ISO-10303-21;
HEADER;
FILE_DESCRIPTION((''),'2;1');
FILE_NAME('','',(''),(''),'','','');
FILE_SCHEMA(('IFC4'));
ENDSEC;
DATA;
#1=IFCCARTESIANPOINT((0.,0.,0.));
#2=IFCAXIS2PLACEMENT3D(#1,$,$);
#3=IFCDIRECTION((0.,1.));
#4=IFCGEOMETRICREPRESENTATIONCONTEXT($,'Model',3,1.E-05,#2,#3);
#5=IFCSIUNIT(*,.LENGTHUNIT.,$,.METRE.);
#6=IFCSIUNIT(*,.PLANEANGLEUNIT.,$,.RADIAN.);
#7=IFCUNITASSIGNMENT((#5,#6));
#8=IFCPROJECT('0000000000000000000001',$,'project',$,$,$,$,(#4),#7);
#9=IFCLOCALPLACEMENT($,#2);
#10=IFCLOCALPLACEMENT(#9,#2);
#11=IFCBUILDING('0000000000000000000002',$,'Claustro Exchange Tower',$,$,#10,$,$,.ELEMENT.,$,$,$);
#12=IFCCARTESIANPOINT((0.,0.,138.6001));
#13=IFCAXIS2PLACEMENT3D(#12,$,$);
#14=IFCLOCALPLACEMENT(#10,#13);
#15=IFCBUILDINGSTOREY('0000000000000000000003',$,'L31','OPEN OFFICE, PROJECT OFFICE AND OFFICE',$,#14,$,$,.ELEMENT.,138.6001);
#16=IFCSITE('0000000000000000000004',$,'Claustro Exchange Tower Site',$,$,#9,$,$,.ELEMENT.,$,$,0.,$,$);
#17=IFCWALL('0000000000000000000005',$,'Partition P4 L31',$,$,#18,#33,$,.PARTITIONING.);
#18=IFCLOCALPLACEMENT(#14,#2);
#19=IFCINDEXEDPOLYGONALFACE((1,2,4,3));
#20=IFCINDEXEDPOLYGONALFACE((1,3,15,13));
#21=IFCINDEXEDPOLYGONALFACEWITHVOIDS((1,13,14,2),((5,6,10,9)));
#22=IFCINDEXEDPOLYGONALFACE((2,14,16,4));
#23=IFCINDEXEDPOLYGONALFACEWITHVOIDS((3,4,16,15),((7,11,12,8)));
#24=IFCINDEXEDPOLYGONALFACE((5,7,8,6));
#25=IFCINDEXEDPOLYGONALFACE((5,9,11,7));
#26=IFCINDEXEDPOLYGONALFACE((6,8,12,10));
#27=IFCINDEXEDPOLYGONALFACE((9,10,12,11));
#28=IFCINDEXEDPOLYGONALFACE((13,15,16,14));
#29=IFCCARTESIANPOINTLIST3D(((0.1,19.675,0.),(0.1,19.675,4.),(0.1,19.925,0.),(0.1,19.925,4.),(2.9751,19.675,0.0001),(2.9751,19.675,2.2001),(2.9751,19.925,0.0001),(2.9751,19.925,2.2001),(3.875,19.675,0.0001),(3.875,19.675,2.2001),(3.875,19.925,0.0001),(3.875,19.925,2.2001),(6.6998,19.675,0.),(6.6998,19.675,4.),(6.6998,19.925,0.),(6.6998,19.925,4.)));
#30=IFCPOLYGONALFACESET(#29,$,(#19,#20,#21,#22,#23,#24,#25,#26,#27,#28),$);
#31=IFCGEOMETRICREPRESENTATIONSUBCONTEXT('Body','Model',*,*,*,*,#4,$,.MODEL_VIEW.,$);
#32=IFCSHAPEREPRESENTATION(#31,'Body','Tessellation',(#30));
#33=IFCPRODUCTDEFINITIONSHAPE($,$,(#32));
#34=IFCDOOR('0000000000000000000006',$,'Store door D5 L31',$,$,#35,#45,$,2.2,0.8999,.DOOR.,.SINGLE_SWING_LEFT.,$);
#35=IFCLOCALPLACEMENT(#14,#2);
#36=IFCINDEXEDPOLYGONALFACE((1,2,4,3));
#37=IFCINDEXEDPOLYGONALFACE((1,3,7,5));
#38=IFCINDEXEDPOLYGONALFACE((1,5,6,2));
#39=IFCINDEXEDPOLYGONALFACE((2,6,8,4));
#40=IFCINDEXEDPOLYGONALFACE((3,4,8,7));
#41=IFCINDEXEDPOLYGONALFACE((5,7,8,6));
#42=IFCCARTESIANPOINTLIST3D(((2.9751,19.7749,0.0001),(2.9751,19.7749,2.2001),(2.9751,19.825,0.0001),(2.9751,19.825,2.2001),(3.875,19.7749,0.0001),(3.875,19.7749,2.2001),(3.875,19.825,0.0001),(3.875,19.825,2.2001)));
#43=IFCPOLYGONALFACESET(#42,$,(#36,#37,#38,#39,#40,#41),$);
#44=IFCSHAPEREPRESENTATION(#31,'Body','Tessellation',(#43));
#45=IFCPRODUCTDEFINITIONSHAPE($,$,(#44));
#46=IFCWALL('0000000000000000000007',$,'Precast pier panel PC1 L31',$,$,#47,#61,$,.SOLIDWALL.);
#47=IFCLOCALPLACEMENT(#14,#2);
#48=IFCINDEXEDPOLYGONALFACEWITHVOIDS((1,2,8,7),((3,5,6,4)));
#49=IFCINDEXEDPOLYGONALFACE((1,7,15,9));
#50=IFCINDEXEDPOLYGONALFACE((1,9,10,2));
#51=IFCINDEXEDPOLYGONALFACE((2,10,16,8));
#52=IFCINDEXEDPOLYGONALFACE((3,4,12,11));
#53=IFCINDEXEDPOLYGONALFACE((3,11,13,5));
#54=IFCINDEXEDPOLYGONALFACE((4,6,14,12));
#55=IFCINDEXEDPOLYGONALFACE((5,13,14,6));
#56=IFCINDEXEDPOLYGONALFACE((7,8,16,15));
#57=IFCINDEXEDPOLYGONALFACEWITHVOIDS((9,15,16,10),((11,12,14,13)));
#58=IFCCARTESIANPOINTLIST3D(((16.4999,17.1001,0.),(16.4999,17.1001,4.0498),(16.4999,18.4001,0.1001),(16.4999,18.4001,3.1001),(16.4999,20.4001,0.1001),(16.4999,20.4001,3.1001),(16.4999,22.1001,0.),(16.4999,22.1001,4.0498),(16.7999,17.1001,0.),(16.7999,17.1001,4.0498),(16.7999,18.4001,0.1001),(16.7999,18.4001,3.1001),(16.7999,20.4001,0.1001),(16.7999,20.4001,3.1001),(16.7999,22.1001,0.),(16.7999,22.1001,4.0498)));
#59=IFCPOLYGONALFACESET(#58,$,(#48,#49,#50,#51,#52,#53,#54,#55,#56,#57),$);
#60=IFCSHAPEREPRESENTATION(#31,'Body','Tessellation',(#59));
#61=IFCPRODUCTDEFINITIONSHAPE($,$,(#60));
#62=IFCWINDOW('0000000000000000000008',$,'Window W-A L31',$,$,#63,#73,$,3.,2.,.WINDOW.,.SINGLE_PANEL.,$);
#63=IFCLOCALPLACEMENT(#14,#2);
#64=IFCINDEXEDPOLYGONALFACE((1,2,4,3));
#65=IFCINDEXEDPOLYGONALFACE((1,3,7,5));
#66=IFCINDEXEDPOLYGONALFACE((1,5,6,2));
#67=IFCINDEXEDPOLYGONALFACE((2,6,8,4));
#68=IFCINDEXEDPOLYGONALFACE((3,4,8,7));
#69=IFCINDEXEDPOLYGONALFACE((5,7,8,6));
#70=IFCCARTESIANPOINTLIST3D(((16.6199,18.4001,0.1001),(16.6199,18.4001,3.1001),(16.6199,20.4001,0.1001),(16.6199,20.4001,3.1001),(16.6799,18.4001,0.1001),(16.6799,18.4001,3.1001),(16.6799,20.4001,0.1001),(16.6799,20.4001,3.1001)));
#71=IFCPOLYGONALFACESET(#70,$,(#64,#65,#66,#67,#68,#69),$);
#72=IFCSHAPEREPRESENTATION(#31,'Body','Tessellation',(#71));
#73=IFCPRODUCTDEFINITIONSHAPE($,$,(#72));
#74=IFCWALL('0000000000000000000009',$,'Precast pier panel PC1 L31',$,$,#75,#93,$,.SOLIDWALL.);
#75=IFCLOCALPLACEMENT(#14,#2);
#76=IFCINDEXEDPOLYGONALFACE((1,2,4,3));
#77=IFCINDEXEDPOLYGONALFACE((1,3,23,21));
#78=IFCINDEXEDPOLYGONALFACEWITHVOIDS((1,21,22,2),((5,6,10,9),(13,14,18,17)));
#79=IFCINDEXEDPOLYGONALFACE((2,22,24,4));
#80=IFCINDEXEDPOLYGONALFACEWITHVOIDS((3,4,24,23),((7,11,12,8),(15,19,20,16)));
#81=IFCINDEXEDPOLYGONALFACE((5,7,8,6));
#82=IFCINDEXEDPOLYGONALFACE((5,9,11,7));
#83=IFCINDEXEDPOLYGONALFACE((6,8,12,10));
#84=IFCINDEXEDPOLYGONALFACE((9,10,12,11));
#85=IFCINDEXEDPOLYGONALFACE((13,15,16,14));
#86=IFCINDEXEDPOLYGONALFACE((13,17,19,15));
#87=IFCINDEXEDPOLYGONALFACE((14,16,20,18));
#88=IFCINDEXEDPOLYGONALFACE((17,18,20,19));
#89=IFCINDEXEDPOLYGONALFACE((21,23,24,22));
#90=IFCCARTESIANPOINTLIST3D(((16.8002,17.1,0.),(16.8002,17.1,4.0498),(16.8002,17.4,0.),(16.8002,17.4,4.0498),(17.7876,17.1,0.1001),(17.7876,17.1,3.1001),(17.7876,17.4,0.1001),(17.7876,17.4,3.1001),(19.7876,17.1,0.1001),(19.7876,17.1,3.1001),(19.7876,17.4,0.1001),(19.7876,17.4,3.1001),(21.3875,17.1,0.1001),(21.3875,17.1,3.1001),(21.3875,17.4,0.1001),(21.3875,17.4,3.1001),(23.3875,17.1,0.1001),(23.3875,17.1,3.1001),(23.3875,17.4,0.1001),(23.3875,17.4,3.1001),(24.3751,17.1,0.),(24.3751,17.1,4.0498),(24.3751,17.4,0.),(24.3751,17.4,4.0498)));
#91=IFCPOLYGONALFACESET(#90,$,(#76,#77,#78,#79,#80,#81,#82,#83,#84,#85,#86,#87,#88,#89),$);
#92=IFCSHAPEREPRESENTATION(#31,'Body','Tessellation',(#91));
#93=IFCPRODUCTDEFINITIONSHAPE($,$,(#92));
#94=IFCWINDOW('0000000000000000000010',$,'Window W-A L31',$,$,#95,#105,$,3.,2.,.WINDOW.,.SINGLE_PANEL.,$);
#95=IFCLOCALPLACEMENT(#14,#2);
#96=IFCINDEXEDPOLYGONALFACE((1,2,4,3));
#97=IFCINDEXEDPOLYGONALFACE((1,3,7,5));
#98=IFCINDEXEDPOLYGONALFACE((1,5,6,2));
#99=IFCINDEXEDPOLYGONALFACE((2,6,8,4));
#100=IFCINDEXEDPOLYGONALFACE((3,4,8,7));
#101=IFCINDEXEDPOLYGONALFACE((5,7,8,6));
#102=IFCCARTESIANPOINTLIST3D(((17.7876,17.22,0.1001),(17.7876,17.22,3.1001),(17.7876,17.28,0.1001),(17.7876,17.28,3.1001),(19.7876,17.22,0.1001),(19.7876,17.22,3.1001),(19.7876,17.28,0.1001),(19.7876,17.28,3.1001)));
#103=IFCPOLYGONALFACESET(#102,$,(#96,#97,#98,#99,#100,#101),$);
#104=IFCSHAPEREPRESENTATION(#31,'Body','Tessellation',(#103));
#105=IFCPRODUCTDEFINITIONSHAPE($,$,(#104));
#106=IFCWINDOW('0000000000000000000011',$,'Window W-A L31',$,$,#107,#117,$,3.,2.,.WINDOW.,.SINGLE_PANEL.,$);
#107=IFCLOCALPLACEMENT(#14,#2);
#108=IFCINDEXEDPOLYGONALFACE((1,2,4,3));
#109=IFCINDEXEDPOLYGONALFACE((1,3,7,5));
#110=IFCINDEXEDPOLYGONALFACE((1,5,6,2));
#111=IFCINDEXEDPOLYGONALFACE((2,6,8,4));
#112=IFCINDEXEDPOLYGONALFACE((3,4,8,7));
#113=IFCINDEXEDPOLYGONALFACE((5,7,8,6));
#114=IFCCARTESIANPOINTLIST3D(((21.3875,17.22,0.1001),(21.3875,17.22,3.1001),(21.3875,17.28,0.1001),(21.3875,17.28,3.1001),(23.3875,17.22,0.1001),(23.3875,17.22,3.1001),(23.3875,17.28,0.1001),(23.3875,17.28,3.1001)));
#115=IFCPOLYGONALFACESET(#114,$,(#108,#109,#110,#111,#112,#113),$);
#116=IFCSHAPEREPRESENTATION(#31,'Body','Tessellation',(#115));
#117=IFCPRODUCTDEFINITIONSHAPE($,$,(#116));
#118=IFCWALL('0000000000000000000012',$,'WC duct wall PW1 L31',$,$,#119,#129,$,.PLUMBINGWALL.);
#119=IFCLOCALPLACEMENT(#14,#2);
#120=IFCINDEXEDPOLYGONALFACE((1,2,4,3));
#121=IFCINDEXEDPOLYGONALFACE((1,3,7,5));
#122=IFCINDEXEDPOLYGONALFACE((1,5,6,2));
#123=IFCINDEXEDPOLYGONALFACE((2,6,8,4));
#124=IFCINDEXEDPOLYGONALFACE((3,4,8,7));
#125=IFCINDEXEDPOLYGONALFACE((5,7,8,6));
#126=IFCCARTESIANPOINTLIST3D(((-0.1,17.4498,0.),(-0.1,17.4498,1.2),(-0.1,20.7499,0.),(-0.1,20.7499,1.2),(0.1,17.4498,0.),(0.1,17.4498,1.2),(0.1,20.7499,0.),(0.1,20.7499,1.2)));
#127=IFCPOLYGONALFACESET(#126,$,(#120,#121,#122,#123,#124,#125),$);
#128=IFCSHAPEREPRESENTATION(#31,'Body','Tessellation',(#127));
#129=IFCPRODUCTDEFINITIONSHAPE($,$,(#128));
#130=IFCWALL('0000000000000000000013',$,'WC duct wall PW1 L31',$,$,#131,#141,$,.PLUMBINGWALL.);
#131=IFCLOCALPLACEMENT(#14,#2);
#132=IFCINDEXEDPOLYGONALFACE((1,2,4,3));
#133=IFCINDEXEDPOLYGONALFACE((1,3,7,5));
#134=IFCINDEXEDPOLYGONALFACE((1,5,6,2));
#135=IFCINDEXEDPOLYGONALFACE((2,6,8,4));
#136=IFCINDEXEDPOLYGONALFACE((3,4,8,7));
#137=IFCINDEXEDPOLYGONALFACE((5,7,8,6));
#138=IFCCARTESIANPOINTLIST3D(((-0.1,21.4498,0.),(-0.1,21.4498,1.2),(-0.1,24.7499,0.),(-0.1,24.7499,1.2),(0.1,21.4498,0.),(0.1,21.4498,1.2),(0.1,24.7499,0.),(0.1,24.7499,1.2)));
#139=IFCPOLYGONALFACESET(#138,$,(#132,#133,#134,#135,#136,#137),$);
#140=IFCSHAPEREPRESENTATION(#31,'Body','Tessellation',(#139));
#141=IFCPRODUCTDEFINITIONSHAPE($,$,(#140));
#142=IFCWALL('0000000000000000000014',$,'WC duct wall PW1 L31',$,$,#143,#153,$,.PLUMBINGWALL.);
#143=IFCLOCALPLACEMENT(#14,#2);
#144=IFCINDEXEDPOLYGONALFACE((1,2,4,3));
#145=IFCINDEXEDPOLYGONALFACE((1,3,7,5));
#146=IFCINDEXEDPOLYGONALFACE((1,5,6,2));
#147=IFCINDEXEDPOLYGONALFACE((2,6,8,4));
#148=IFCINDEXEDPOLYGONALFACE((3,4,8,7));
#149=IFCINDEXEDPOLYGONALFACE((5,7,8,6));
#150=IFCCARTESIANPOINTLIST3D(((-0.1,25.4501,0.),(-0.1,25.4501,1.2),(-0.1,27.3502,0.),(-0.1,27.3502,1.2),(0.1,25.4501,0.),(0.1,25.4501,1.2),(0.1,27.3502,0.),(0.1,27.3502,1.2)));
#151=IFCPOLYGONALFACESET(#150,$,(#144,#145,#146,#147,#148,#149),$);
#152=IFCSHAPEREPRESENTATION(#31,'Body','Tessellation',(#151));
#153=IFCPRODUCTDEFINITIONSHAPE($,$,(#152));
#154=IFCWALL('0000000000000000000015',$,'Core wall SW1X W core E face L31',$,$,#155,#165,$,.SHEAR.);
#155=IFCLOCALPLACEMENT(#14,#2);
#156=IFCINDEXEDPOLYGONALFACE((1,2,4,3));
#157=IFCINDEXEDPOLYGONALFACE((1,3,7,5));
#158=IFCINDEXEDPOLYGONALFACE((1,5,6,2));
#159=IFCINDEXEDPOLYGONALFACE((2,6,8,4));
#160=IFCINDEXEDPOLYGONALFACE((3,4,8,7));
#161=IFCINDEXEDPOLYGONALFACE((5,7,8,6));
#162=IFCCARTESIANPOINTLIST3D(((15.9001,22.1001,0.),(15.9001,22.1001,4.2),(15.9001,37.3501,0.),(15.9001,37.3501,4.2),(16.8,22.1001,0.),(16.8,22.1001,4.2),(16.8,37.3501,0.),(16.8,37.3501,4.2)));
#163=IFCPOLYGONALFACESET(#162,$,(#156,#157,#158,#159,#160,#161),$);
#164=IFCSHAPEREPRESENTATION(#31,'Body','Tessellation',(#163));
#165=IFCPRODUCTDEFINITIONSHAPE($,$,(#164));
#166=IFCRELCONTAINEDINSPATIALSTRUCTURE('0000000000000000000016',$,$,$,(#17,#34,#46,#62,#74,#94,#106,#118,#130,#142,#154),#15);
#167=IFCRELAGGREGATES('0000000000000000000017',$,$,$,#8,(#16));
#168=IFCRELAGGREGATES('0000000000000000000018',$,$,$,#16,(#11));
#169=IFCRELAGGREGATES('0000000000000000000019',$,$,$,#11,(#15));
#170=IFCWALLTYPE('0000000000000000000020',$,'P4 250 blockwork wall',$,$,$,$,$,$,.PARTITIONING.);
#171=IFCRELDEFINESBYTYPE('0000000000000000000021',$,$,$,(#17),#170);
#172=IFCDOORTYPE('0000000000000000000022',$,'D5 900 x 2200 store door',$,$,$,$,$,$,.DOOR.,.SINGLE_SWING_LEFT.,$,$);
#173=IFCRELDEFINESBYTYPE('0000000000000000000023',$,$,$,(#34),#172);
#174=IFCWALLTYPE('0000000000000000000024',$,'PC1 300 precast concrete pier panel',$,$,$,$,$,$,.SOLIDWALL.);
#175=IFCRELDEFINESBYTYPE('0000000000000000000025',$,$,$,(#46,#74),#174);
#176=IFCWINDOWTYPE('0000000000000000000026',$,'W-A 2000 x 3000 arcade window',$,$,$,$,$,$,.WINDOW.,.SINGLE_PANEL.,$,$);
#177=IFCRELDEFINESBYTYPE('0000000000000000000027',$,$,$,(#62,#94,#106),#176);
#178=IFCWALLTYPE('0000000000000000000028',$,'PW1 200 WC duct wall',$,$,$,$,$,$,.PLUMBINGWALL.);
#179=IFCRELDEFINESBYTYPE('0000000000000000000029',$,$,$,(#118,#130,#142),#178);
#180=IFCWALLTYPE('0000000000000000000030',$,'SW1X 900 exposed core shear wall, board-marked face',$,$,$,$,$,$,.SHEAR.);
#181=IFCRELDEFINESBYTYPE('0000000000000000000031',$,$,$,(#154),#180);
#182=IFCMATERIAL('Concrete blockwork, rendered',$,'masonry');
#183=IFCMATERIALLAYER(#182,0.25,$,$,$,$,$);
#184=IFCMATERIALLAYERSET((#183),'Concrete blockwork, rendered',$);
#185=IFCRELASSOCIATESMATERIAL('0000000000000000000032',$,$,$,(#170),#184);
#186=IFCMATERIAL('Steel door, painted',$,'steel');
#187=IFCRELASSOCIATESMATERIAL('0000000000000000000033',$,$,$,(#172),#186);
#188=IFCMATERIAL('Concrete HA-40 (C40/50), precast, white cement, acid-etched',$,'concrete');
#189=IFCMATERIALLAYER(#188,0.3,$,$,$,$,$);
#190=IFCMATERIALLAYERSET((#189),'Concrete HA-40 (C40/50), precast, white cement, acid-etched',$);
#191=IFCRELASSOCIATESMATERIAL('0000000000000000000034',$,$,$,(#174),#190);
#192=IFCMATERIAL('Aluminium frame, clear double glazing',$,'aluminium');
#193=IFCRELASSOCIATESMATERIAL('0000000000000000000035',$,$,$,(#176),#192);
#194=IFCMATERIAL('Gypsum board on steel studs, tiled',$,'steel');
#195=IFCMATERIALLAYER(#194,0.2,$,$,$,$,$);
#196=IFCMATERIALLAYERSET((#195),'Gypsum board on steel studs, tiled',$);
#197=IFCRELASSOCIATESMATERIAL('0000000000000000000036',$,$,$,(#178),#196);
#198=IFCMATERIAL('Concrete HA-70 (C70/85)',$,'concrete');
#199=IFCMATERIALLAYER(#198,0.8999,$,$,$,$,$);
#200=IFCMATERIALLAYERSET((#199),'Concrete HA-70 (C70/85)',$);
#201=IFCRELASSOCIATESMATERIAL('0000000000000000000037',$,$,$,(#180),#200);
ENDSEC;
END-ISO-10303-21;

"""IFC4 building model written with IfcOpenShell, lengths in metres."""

from ifc_helpers import new_model, si_unit, direction, frame, frame_2d, origin, place, context, subcontext, project, spatial, rectangle, extrude, material, layer, layer_set, type_object, element, fill, save


model = new_model("IFC4")

# Units and contexts
model_context = context("Model", 3, precision=1e-05, world=origin(), true_north=direction((0.0, 1.0)))
body_context = subcontext(model_context, "Body", "Model", "MODEL_VIEW")
ifc_project = project(units=[si_unit("LENGTHUNIT", "METRE"), si_unit("PLANEANGLEUNIT", "RADIAN")], contexts=[model_context])

# Site, building, storey
site_placement = place(None, origin())
site = spatial("IfcSite", under=ifc_project, at=site_placement, Name="Claustro Exchange Tower Site", CompositionType="ELEMENT", RefElevation=0.0)
building_placement = place(site_placement, origin())
building = spatial("IfcBuilding", under=site, at=building_placement, Name="Claustro Exchange Tower", CompositionType="ELEMENT")
storey_placement = place(building_placement, frame((0.0, 0.0, 138.6001)))
storey = spatial("IfcBuildingStorey", under=building, at=storey_placement, Name="L31", Description="OPEN OFFICE, PROJECT OFFICE AND OFFICE", CompositionType="ELEMENT", Elevation=138.6001)

# Wall, opening, door
ifc_material_1 = material(Name="Concrete blockwork, rendered", Category="masonry")
ifc_layer_1 = layer(ifc_material_1, 0.25)
ifc_layer_set_1 = layer_set([ifc_layer_1], Name="Concrete blockwork, rendered")
wall_type_1 = type_object("IfcWallType", Name="P4 250 blockwork wall", PredefinedType="PARTITIONING", material=ifc_layer_set_1)
ifc_material_2 = material(Name="Steel door, painted", Category="steel")
door_type = type_object("IfcDoorType", Name="D5 900 x 2200 store door", OperationType="SINGLE_SWING_LEFT", PredefinedType="DOOR", material=ifc_material_2)
wall_1_placement = place(storey_placement, frame((0.1001, 19.8, 0.0), z_axis=(0.0, 0.0, 1.0), x_axis=(1.0, 0.0, 0.0)))
wall_1 = element("IfcWall", 1, at=wall_1_placement, inside=storey, type_object=wall_type_1, Name="Partition P4 L31", PredefinedType="PARTITIONING", context=body_context, shape_type="SweptSolid", body=[
    extrude(rectangle(XDim=6.5999, YDim=0.25, at=frame_2d((3.2998, 0.0))), origin(), (0.0, 0.0, 1.0), 4.0),
])
opening_1_placement = place(wall_1_placement, frame((2.875, 0.0, 0.0)))
opening_1 = element("IfcOpeningElement", 2, at=opening_1_placement, cuts=wall_1, PredefinedType="OPENING", context=body_context, shape_type="SweptSolid", body=[
    extrude(rectangle(XDim=0.8999, YDim=2.2, at=frame_2d((0.45, 1.1001))), frame((0.0, 0.135, 0.0), z_axis=(0.0, -1.0, 0.0), x_axis=(1.0, 0.0, 0.0)), (0.0, 0.0, 1.0), 0.27),
])
door_1_placement = place(opening_1_placement, origin())
door_1 = element("IfcDoor", 3, at=door_1_placement, inside=storey, type_object=door_type, Name="Store door D5 L31", OperationType="SINGLE_SWING_LEFT", OverallHeight=2.2, OverallWidth=0.8999, PredefinedType="DOOR", context=body_context, shape_type="SweptSolid", body=[
    extrude(rectangle(XDim=0.8999, YDim=2.2, at=frame_2d((0.45, 1.1001))), frame((0.0, 0.0249, 0.0), z_axis=(0.0, -1.0, 0.0), x_axis=(1.0, 0.0, 0.0)), (0.0, 0.0, 1.0), 0.05),
])
fill(opening_1, door_1)

# Wall, opening, window
ifc_material_3 = material(Name="Concrete HA-40 (C40/50), precast, white cement, acid-etched", Category="concrete")
ifc_layer_2 = layer(ifc_material_3, 0.3)
ifc_layer_set_2 = layer_set([ifc_layer_2], Name="Concrete HA-40 (C40/50), precast, white cement, acid-etched")
wall_type_2 = type_object("IfcWallType", Name="PC1 300 precast concrete pier panel", PredefinedType="SOLIDWALL", material=ifc_layer_set_2)
wall_2_placement = place(storey_placement, frame((16.6499, 17.1001, 0.0), z_axis=(0.0, 0.0, 1.0), x_axis=(0.0, 1.0, 0.0)))
wall_2 = element("IfcWall", 4, at=wall_2_placement, inside=storey, type_object=wall_type_2, Name="Precast pier panel PC1 L31", PredefinedType="SOLIDWALL", context=body_context, shape_type="SweptSolid", body=[
    extrude(rectangle(XDim=5.0, YDim=0.3, at=frame_2d((2.5, 0.0))), origin(), (0.0, 0.0, 1.0), 4.0498),
])
opening_2_placement = place(wall_2_placement, frame((1.3, 0.0, 0.1001)))
opening_2 = element("IfcOpeningElement", 5, at=opening_2_placement, cuts=wall_2, PredefinedType="OPENING", context=body_context, shape_type="SweptSolid", body=[
    extrude(rectangle(XDim=2.0, YDim=3.0, at=frame_2d((1.0, 1.5))), frame((0.0, 0.1599, 0.0), z_axis=(0.0, -1.0, 0.0), x_axis=(1.0, 0.0, 0.0)), (0.0, 0.0, 1.0), 0.3201),
])
ifc_material_4 = material(Name="Aluminium frame, clear double glazing", Category="aluminium")
window_type = type_object("IfcWindowType", Name="W-A 2000 x 3000 arcade window", PartitioningType="SINGLE_PANEL", PredefinedType="WINDOW", material=ifc_material_4)
window_1_placement = place(opening_2_placement, origin())
window_1 = element("IfcWindow", 6, at=window_1_placement, inside=storey, type_object=window_type, Name="Window W-A L31", OverallHeight=3.0, OverallWidth=2.0, PartitioningType="SINGLE_PANEL", PredefinedType="WINDOW", context=body_context, shape_type="SweptSolid", body=[
    extrude(rectangle(XDim=2.0, YDim=3.0, at=frame_2d((1.0, 1.5))), frame((0.0, 0.03, 0.0), z_axis=(0.0, -1.0, 0.0), x_axis=(1.0, 0.0, 0.0)), (0.0, 0.0, 1.0), 0.0601),
])
fill(opening_2, window_1)

# Wall, openings, windows
wall_3_placement = place(storey_placement, frame((16.8, 17.25, 0.0), z_axis=(0.0, 0.0, 1.0), x_axis=(1.0, 0.0, 0.0)))
wall_3 = element("IfcWall", 7, at=wall_3_placement, inside=storey, type_object=wall_type_2, Name="Precast pier panel PC1 L31", PredefinedType="SOLIDWALL", context=body_context, shape_type="SweptSolid", body=[
    extrude(rectangle(XDim=7.575, YDim=0.3, at=frame_2d((3.7876, 0.0))), origin(), (0.0, 0.0, 1.0), 4.0498),
])
opening_3_placement = place(wall_3_placement, frame((0.9875, 0.0, 0.1001)))
opening_3 = element("IfcOpeningElement", 8, at=opening_3_placement, cuts=wall_3, PredefinedType="OPENING", context=body_context, shape_type="SweptSolid", body=[
    extrude(rectangle(XDim=2.0, YDim=3.0, at=frame_2d((1.0, 1.5))), frame((0.0, 0.1599, 0.0), z_axis=(0.0, -1.0, 0.0), x_axis=(1.0, 0.0, 0.0)), (0.0, 0.0, 1.0), 0.3201),
])
opening_4_placement = place(wall_3_placement, frame((4.5874, 0.0, 0.1001)))
opening_4 = element("IfcOpeningElement", 9, at=opening_4_placement, cuts=wall_3, PredefinedType="OPENING", context=body_context, shape_type="SweptSolid", body=[
    extrude(rectangle(XDim=2.0, YDim=3.0, at=frame_2d((1.0, 1.5))), frame((0.0, 0.1599, 0.0), z_axis=(0.0, -1.0, 0.0), x_axis=(1.0, 0.0, 0.0)), (0.0, 0.0, 1.0), 0.3201),
])
window_2_placement = place(opening_3_placement, origin())
window_2 = element("IfcWindow", 10, at=window_2_placement, inside=storey, type_object=window_type, Name="Window W-A L31", OverallHeight=3.0, OverallWidth=2.0, PartitioningType="SINGLE_PANEL", PredefinedType="WINDOW", context=body_context, shape_type="SweptSolid", body=[
    extrude(rectangle(XDim=2.0, YDim=3.0, at=frame_2d((1.0, 1.5))), frame((0.0, 0.03, 0.0), z_axis=(0.0, -1.0, 0.0), x_axis=(1.0, 0.0, 0.0)), (0.0, 0.0, 1.0), 0.0601),
])
fill(opening_3, window_2)
window_3_placement = place(opening_4_placement, origin())
window_3 = element("IfcWindow", 11, at=window_3_placement, inside=storey, type_object=window_type, Name="Window W-A L31", OverallHeight=3.0, OverallWidth=2.0, PartitioningType="SINGLE_PANEL", PredefinedType="WINDOW", context=body_context, shape_type="SweptSolid", body=[
    extrude(rectangle(XDim=2.0, YDim=3.0, at=frame_2d((1.0, 1.5))), frame((0.0, 0.03, 0.0), z_axis=(0.0, -1.0, 0.0), x_axis=(1.0, 0.0, 0.0)), (0.0, 0.0, 1.0), 0.0601),
])
fill(opening_4, window_3)

# Walls
ifc_material_5 = material(Name="Gypsum board on steel studs, tiled", Category="steel")
ifc_layer_3 = layer(ifc_material_5, 0.2)
ifc_layer_set_3 = layer_set([ifc_layer_3], Name="Gypsum board on steel studs, tiled")
wall_type_3 = type_object("IfcWallType", Name="PW1 200 WC duct wall", PredefinedType="PLUMBINGWALL", material=ifc_layer_set_3)
for number, where, z_axis, x_axis, name in (
    (12, (0.0, 17.45, 0.0), (0.0, 0.0, 1.0), (0.0, 1.0, 0.0), "WC duct wall PW1 L31"),
    (13, (0.0, 21.45, 0.0), (0.0, 0.0, 1.0), (0.0, 1.0, 0.0), "WC duct wall PW1 L31"),
):
    element("IfcWall", number, at=place(storey_placement, frame(where, z_axis=z_axis, x_axis=x_axis)), inside=storey, type_object=wall_type_3, Name=name, PredefinedType="PLUMBINGWALL", context=body_context, shape_type="SweptSolid", body=[
        extrude(rectangle(XDim=3.3, YDim=0.2, at=frame_2d((1.6499, 0.0))), origin(), (0.0, 0.0, 1.0), 1.2),
    ])
wall_4_placement = place(storey_placement, frame((0.0, 25.45, 0.0), z_axis=(0.0, 0.0, 1.0), x_axis=(0.0, 1.0, 0.0)))
element("IfcWall", 14, at=wall_4_placement, inside=storey, type_object=wall_type_3, Name="WC duct wall PW1 L31", PredefinedType="PLUMBINGWALL", context=body_context, shape_type="SweptSolid", body=[
    extrude(rectangle(XDim=1.9001, YDim=0.2, at=frame_2d((0.9502, 0.0))), origin(), (0.0, 0.0, 1.0), 1.2),
])
ifc_material_6 = material(Name="Concrete HA-70 (C70/85)", Category="concrete")
ifc_layer_4 = layer(ifc_material_6, 0.8999)
ifc_layer_set_4 = layer_set([ifc_layer_4], Name="Concrete HA-70 (C70/85)")
wall_type_4 = type_object("IfcWallType", Name="SW1X 900 exposed core shear wall, board-marked face", PredefinedType="SHEAR", material=ifc_layer_set_4)
wall_5_placement = place(storey_placement, frame((16.3501, 22.1001, 0.0), z_axis=(0.0, 0.0, 1.0), x_axis=(0.0, 1.0, 0.0)))
element("IfcWall", 15, at=wall_5_placement, inside=storey, type_object=wall_type_4, Name="Core wall SW1X W core E face L31", PredefinedType="SHEAR", context=body_context, shape_type="SweptSolid", body=[
    extrude(rectangle(XDim=15.25, YDim=0.8999, at=frame_2d((7.625, 0.0))), origin(), (0.0, 0.0, 1.0), 4.2),
])

save(model, "model.ifc")
